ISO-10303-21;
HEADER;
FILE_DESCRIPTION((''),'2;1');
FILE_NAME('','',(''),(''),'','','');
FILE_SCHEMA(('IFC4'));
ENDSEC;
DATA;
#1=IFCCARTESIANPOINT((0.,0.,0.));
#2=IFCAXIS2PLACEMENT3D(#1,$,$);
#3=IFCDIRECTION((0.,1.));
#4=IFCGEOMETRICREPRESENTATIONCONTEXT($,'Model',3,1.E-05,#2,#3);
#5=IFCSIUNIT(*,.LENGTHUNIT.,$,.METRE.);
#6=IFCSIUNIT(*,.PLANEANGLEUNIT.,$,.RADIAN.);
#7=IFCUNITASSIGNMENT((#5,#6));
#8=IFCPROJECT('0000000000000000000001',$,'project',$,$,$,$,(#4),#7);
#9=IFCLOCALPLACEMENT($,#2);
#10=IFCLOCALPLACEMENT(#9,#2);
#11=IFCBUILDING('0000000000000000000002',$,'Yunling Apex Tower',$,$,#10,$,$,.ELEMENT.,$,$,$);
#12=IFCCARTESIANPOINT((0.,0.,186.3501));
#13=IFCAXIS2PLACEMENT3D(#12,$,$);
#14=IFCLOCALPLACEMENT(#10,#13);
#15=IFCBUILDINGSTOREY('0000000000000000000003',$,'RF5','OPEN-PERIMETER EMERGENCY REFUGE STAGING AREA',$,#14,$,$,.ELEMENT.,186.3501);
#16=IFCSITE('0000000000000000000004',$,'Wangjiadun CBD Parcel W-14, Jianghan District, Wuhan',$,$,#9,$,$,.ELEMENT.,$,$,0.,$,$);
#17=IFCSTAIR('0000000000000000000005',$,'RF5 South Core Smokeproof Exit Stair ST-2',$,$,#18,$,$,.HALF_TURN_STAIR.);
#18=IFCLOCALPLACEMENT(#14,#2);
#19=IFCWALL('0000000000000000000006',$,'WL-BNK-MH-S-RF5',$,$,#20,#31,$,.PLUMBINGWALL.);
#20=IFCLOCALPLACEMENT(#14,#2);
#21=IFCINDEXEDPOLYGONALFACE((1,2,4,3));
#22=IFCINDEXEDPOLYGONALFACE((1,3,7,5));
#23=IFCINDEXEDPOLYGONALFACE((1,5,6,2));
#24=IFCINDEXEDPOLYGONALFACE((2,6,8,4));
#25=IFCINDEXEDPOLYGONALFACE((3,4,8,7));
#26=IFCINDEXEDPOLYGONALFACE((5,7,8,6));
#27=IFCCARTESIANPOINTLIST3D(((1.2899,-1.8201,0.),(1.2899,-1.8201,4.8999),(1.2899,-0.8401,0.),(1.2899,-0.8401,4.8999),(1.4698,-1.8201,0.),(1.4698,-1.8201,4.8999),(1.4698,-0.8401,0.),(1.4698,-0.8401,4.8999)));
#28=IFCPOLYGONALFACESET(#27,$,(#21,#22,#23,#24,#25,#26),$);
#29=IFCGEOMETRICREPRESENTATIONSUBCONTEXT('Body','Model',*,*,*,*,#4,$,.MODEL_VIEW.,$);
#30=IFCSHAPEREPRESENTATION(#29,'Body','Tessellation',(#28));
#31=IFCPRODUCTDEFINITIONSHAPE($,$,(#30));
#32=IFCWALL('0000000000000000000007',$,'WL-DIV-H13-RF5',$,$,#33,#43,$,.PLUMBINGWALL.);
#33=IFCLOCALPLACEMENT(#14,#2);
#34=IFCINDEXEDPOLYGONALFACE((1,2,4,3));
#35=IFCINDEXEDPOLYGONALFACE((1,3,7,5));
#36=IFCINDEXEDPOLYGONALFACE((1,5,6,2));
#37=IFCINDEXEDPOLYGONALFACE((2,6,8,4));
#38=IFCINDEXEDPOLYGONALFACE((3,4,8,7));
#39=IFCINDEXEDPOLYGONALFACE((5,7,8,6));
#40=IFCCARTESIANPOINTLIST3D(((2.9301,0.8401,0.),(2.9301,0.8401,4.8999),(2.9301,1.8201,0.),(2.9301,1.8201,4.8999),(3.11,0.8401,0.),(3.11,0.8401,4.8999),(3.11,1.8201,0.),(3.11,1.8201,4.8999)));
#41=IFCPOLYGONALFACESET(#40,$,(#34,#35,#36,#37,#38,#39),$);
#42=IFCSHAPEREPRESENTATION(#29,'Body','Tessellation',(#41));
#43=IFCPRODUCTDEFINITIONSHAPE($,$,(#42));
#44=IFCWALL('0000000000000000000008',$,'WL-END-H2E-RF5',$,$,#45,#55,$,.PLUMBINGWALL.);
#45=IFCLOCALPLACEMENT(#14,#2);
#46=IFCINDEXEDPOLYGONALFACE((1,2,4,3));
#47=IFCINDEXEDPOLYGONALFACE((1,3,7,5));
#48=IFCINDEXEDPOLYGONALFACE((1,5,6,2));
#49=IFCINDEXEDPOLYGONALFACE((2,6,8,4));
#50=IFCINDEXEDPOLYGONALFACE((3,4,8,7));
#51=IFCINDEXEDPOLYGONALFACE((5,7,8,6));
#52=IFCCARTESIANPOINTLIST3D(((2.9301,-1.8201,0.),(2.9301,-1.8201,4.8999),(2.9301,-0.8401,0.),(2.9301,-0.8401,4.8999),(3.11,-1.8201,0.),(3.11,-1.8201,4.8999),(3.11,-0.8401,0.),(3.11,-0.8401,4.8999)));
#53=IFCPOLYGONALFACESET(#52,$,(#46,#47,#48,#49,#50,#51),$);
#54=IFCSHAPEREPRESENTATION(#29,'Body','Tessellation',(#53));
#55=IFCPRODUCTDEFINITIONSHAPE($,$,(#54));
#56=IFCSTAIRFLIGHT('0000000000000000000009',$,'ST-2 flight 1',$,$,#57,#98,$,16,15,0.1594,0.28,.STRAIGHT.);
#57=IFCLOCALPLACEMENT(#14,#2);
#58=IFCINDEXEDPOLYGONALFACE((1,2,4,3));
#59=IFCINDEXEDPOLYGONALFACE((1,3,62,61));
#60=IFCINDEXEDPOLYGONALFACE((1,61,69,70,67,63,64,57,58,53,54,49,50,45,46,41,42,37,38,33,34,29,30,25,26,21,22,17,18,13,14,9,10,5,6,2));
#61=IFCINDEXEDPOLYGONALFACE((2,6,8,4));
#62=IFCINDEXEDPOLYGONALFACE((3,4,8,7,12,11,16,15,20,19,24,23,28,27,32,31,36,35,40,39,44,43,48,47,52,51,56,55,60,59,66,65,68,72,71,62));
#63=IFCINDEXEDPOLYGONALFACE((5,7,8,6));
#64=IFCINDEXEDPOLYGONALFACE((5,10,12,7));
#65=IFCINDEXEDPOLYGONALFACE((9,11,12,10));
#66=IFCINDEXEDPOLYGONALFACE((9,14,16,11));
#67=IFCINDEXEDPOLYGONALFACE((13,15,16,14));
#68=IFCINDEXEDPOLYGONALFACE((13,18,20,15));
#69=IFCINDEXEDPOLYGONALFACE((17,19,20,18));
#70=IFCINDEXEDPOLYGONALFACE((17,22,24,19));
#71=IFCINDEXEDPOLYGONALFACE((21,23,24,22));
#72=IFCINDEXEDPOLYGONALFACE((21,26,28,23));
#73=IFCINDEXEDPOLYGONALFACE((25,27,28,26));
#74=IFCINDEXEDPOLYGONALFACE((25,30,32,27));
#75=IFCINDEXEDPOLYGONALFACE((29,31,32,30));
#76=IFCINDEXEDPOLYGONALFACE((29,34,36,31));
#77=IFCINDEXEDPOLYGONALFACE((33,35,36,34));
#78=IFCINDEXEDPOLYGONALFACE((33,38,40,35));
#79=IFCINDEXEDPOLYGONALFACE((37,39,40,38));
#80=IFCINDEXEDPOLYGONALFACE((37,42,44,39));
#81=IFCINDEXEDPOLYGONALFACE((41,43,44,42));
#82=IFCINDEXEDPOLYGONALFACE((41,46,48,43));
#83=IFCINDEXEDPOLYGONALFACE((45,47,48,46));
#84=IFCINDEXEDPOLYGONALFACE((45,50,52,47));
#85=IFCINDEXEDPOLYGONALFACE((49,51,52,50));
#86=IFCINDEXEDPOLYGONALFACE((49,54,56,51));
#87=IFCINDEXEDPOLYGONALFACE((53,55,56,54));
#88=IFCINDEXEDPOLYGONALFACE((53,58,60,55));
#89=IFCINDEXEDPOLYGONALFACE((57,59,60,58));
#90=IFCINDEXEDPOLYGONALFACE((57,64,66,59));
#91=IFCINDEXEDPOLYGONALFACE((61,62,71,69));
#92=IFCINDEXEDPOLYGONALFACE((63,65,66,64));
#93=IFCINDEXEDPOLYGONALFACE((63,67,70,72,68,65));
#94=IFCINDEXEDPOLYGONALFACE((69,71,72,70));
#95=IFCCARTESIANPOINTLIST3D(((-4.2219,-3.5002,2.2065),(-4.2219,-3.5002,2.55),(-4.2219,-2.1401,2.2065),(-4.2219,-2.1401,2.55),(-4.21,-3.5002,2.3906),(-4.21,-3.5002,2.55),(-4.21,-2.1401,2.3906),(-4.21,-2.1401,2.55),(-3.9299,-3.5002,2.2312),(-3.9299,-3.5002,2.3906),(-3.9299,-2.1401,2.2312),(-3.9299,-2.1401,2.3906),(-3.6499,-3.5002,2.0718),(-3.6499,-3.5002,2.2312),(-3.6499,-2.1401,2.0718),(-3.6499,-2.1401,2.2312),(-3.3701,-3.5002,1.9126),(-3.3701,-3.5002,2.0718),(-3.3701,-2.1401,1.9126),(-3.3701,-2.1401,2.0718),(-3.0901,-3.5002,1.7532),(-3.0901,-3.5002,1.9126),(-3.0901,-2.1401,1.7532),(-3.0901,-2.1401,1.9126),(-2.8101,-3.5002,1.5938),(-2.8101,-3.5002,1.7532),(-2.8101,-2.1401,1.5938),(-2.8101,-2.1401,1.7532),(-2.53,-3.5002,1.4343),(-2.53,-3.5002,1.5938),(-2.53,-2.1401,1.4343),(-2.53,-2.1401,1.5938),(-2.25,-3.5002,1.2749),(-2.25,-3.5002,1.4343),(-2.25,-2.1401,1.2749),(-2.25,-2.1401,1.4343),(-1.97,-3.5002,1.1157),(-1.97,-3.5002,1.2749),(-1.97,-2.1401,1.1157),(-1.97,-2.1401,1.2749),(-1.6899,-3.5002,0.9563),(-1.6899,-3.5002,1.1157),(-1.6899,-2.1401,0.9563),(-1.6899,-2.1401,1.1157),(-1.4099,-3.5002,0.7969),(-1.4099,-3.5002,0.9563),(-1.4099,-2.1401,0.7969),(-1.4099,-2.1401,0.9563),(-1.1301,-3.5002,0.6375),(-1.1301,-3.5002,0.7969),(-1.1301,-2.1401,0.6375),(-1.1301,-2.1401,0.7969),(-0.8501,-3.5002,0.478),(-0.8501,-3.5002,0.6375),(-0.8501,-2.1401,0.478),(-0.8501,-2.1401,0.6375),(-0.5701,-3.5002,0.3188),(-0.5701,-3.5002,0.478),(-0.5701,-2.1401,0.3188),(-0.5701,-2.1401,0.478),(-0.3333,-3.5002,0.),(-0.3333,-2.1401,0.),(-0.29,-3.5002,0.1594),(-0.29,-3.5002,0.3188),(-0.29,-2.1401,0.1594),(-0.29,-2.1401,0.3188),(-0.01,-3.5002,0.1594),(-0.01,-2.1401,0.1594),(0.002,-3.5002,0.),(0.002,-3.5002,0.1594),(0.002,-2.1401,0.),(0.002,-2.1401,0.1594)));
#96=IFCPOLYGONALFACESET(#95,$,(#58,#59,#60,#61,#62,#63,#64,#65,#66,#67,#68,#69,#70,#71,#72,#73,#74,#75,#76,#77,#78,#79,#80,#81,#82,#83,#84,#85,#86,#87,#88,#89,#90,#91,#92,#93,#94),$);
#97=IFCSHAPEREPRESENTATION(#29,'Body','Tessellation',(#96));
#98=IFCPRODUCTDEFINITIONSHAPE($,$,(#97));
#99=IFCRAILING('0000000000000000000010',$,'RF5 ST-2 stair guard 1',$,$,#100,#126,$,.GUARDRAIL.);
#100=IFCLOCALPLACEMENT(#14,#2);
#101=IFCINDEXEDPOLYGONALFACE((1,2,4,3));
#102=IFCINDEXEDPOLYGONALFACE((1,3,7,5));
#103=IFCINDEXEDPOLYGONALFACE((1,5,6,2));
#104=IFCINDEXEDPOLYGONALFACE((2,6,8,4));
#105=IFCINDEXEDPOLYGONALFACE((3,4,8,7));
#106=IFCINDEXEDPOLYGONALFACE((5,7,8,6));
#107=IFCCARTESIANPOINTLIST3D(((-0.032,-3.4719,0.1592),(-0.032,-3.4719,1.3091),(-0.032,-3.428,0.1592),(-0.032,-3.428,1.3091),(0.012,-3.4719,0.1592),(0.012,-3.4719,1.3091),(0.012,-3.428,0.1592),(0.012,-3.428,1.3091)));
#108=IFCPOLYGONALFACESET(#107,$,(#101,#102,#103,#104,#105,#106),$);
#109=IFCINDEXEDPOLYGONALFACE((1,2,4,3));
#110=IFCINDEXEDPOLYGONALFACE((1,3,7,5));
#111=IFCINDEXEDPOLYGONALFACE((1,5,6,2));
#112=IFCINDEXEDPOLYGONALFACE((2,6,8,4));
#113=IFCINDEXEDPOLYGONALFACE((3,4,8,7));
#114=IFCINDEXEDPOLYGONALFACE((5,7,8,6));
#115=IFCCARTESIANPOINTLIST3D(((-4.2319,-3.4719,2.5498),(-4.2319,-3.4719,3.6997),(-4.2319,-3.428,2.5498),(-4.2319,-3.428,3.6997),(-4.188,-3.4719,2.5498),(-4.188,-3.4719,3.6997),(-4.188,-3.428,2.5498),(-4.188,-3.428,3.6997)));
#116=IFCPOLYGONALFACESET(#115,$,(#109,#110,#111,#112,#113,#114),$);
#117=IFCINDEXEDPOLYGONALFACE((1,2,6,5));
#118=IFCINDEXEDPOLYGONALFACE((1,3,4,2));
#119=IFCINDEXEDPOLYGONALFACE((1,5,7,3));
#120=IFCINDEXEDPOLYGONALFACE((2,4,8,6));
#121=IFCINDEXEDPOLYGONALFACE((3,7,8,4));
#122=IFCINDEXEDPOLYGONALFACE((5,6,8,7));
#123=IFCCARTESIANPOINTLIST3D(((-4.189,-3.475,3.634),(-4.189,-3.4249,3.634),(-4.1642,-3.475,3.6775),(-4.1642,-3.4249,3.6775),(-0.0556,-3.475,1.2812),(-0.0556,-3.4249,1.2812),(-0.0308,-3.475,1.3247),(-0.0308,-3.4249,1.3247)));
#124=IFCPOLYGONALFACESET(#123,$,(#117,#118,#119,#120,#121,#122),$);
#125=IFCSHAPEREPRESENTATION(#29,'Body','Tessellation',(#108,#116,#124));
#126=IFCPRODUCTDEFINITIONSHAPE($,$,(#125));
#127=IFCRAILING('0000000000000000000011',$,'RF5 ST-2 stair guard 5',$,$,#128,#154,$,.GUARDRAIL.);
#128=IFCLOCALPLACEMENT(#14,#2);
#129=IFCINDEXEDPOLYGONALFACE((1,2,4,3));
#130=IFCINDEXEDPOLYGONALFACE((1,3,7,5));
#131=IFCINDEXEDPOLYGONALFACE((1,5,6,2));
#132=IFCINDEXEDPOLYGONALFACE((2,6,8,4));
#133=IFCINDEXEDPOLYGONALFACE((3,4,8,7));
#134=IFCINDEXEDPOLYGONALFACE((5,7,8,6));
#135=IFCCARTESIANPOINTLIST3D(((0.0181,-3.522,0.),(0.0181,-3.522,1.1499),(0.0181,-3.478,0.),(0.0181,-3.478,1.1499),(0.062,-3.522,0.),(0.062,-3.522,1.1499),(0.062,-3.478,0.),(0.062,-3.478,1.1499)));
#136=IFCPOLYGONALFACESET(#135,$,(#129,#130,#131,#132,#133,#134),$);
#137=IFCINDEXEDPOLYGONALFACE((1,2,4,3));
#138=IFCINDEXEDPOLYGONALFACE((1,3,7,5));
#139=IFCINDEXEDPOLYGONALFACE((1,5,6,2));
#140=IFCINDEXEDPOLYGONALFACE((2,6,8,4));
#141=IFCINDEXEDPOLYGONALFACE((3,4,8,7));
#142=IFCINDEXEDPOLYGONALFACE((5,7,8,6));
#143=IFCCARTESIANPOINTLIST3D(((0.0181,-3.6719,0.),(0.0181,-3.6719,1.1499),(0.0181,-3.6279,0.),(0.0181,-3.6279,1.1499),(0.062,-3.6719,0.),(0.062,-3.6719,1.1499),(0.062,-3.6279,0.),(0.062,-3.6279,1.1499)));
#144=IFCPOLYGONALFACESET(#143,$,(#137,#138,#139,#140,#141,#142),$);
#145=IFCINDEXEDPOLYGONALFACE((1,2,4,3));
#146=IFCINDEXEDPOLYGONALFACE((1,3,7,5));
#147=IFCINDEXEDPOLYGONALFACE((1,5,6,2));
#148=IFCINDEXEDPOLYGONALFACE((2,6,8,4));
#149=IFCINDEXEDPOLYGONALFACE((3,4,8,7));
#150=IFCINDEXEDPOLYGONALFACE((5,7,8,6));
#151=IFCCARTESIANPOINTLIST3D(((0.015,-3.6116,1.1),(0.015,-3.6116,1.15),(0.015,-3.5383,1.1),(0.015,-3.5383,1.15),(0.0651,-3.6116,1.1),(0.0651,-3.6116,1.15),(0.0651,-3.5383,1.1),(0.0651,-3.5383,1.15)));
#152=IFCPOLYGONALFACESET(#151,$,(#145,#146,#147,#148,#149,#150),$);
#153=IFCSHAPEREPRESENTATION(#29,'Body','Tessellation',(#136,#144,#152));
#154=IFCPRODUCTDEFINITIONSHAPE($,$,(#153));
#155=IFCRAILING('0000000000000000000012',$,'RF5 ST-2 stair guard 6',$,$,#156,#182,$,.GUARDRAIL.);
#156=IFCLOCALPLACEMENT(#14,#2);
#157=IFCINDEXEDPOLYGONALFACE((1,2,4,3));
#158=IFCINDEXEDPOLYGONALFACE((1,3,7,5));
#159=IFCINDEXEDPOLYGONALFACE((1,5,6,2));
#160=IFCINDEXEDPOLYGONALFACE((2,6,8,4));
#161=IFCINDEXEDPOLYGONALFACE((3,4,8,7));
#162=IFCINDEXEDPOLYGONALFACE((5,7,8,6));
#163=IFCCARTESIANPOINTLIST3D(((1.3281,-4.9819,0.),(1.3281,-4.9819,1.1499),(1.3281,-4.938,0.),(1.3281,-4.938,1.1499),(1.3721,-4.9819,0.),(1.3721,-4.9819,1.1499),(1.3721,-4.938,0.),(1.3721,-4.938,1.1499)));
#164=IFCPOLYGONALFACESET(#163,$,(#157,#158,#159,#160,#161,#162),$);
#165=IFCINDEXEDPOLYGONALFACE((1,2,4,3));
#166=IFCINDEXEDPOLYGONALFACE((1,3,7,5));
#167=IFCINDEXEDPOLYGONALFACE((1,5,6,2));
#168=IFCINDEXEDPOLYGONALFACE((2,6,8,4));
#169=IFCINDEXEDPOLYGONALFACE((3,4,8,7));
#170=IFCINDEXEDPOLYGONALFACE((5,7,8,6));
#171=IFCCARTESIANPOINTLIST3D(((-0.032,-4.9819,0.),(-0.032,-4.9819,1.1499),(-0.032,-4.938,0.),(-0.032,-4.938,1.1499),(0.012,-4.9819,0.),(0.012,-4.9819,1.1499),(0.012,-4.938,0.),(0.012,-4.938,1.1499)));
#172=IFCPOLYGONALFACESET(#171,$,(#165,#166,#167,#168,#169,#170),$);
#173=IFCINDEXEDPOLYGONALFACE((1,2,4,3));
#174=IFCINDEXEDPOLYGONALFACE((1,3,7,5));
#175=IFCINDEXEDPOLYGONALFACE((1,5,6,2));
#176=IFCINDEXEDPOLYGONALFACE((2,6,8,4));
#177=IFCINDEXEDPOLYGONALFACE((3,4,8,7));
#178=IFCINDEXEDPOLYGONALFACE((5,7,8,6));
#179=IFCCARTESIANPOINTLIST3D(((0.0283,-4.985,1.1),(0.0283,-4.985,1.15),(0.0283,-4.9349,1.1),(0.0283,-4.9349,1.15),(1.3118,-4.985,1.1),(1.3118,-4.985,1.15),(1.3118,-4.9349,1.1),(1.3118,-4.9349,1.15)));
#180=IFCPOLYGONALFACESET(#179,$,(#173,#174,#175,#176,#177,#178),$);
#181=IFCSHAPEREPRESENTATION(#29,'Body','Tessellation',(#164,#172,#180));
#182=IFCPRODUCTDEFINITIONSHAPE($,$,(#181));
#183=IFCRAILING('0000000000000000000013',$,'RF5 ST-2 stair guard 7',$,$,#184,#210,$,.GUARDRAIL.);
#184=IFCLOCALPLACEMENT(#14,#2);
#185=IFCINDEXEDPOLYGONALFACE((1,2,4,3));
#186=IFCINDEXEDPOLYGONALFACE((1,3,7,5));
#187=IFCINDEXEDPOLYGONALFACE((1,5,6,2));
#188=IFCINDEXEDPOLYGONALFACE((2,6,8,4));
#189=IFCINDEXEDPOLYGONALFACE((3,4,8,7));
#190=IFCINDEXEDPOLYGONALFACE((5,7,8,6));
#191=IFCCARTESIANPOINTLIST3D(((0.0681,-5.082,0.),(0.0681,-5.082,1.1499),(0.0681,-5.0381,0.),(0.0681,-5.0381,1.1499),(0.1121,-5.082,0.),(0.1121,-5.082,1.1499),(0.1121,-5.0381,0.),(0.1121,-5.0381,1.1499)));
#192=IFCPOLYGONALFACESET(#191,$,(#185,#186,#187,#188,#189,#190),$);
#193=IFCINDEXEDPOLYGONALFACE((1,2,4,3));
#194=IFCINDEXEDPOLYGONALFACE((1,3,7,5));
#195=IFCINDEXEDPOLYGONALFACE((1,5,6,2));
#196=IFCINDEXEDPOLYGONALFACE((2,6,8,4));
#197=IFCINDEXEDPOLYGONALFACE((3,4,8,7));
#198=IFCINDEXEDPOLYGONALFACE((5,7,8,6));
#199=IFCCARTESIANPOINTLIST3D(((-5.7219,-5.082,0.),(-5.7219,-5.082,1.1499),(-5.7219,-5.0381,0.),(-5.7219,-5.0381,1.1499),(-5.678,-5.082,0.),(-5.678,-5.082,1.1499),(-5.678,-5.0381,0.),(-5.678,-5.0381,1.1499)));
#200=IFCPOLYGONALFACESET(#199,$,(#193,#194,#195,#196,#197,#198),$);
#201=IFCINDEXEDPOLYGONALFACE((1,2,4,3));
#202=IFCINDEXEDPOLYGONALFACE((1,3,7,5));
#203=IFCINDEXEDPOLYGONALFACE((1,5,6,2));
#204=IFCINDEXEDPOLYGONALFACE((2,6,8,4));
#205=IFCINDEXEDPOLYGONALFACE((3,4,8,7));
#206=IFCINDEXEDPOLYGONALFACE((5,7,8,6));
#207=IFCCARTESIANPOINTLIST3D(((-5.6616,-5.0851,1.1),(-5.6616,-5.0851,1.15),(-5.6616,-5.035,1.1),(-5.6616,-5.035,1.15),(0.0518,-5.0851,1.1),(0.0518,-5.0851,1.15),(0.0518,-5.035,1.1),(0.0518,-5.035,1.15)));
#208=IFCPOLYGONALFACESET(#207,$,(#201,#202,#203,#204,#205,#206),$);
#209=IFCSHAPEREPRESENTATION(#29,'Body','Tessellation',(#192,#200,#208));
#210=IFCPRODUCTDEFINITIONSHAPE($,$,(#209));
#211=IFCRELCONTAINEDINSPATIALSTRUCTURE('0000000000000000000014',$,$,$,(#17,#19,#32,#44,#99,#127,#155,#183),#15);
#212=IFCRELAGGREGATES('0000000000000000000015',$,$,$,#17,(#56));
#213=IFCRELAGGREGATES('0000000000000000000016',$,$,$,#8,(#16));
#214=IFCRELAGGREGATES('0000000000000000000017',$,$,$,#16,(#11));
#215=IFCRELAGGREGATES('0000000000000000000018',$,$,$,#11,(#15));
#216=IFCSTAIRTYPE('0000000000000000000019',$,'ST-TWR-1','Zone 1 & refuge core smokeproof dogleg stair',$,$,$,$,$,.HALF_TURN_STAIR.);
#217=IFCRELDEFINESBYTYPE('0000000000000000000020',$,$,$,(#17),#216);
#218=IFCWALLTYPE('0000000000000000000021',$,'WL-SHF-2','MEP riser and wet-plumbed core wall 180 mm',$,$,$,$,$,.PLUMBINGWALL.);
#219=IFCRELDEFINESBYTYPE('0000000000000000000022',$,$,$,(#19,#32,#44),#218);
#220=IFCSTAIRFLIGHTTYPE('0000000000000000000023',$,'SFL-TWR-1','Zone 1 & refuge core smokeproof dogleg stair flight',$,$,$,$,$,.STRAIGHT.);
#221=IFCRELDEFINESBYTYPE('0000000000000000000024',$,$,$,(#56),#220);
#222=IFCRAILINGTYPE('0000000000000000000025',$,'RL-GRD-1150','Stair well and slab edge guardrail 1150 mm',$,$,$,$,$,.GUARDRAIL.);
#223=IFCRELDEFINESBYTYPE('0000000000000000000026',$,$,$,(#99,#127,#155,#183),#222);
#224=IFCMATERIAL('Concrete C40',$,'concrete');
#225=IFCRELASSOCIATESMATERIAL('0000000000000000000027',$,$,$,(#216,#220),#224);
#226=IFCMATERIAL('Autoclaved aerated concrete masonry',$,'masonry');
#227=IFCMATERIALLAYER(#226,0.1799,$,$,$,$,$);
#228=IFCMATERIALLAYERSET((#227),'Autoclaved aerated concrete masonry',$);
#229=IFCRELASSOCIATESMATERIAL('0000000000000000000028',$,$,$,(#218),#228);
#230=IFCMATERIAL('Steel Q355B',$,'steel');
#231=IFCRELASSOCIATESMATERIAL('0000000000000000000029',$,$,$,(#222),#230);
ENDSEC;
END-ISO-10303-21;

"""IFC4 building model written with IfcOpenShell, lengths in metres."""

from ifc_helpers import new_model, si_unit, direction, frame, frame_2d, origin, origin_2d, place, context, subcontext, project, spatial, polyline, rectangle, outline, extrude, material, layer, layer_set, type_object, element, aggregate, save


model = new_model("IFC4")

# Units and contexts
model_context = context("Model", 3, precision=1e-05, world=origin(), true_north=direction((0.0, 1.0)))
body_context = subcontext(model_context, "Body", "Model", "MODEL_VIEW")
ifc_project = project(units=[si_unit("LENGTHUNIT", "METRE"), si_unit("PLANEANGLEUNIT", "RADIAN")], contexts=[model_context])

# Site, building, storey
site_placement = place(None, origin())
site = spatial("IfcSite", under=ifc_project, at=site_placement, Name="Wangjiadun CBD Parcel W-14, Jianghan District, Wuhan", CompositionType="ELEMENT", RefElevation=0.0)
building_placement = place(site_placement, origin())
building = spatial("IfcBuilding", under=site, at=building_placement, Name="Yunling Apex Tower", CompositionType="ELEMENT")
storey_placement = place(building_placement, frame((0.0, 0.0, 186.3501)))
storey = spatial("IfcBuildingStorey", under=building, at=storey_placement, Name="RF5", Description="OPEN-PERIMETER EMERGENCY REFUGE STAGING AREA", CompositionType="ELEMENT", Elevation=186.3501)

# Stair
ifc_material_1 = material(Name="Concrete C40", Category="concrete")
stair_type = type_object("IfcStairType", Name="ST-TWR-1", Description="Zone 1 & refuge core smokeproof dogleg stair", PredefinedType="HALF_TURN_STAIR", material=ifc_material_1)
stair_1_placement = place(storey_placement, origin())
stair_1 = element("IfcStair", 1, at=stair_1_placement, inside=storey, type_object=stair_type, Name="RF5 South Core Smokeproof Exit Stair ST-2", PredefinedType="HALF_TURN_STAIR")

# Shared definitions
ifc_material_2 = material(Name="Autoclaved aerated concrete masonry", Category="masonry")
ifc_material_3 = material(Name="Steel Q355B", Category="steel")

# Walls
ifc_layer_1 = layer(ifc_material_2, 0.1799)
ifc_layer_set_1 = layer_set([ifc_layer_1], Name="Autoclaved aerated concrete masonry")
wall_type_1 = type_object("IfcWallType", Name="WL-SHF-2", Description="MEP riser and wet-plumbed core wall 180 mm", PredefinedType="PLUMBINGWALL", material=ifc_layer_set_1)
for number, where, z_axis, x_axis, name in (
    (2, (1.3799, -1.8201, 0.0), (0.0, 0.0, 1.0), (0.0, 1.0, 0.0), "WL-BNK-MH-S-RF5"),
    (3, (3.02, 0.8401, 0.0), (0.0, 0.0, 1.0), (0.0, 1.0, 0.0), "WL-DIV-H13-RF5"),
    (4, (3.02, -1.8201, 0.0), (0.0, 0.0, 1.0), (0.0, 1.0, 0.0), "WL-END-H2E-RF5"),
):
    element("IfcWall", number, at=place(storey_placement, frame(where, z_axis=z_axis, x_axis=x_axis)), inside=storey, type_object=wall_type_1, Name=name, PredefinedType="PLUMBINGWALL", context=body_context, shape_type="SweptSolid", body=[
        extrude(rectangle(XDim=0.98, YDim=0.1799, at=frame_2d((0.49, 0.0))), origin(), (0.0, 0.0, 1.0), 4.8999),
    ])

# Stair flight
stair_flight_type = type_object("IfcStairFlightType", Name="SFL-TWR-1", Description="Zone 1 & refuge core smokeproof dogleg stair flight", PredefinedType="STRAIGHT", material=ifc_material_1)
stair_flight_placement = place(storey_placement, frame((-0.01, -2.8201, 0.0), z_axis=(0.0, 0.0, 1.0), x_axis=(-1.0, 0.0, 0.0)))
stair_flight = element("IfcStairFlight", 5, at=stair_flight_placement, type_object=stair_flight_type, Name="ST-2 flight 1", NumberOfRisers=16, NumberOfTreads=15, PredefinedType="STRAIGHT", RiserHeight=0.1594, TreadLength=0.28, context=body_context, shape_type="SweptSolid", body=[
    extrude(outline(polyline([(-0.012, 0.0), (-0.012, 0.1594), (0.0, 0.1594), (0.28, 0.1594), (0.28, 0.3188), (0.5601, 0.3188), (0.5601, 0.478), (0.8401, 0.478), (0.8401, 0.6375), (1.1201, 0.6375), (1.1201, 0.7969), (1.3999, 0.7969), (1.3999, 0.9563), (1.6799, 0.9563), (1.6799, 1.1157), (1.96, 1.1157), (1.96, 1.2749), (2.24, 1.2749), (2.24, 1.4343), (2.52, 1.4343), (2.52, 1.5938), (2.8, 1.5938), (2.8, 1.7532), (3.0801, 1.7532), (3.0801, 1.9126), (3.3601, 1.9126), (3.3601, 2.0718), (3.6399, 2.0718), (3.6399, 2.2312), (3.9199, 2.2312), (3.9199, 2.3906), (4.2, 2.3906), (4.2, 2.55), (4.2119, 2.55), (4.2119, 2.2065), (0.3232, 0.0), (-0.012, 0.0)])), frame((0.0, 0.6802, 0.0), z_axis=(0.0, -1.0, 0.0), x_axis=(1.0, 0.0, 0.0)), (0.0, 0.0, 1.0), 1.3601),
])
aggregate(stair_1, [stair_flight])

# Railings
railing_type_1 = type_object("IfcRailingType", Name="RL-GRD-1150", Description="Stair well and slab edge guardrail 1150 mm", PredefinedType="GUARDRAIL", material=ifc_material_3)
railing_1_placement = place(storey_placement, frame((-0.01, -3.45, 0.1592)))
element("IfcRailing", 6, at=railing_1_placement, inside=storey, type_object=railing_type_1, Name="RF5 ST-2 stair guard 1", PredefinedType="GUARDRAIL", context=body_context, shape_type="SweptSolid", body=[
    extrude(rectangle(XDim=0.0439, YDim=0.0439, at=origin_2d()), origin(), (0.0, 0.0, 1.0), 1.1499),
    extrude(rectangle(XDim=0.0439, YDim=0.0439, at=origin_2d()), frame((-4.2, 0.0, 2.3906)), (0.0, 0.0, 1.0), 1.1499),
    extrude(rectangle(XDim=0.05, YDim=0.05, at=origin_2d()), frame((-0.0332, 0.0, 1.1438), z_axis=(-0.869075, 0.0, 0.49468), x_axis=(0.0, -1.0, 0.0)), (0.0, 0.0, 1.0), 4.7561),
])
railing_2_placement = place(storey_placement, frame((0.04, -3.5, 0.0)))
element("IfcRailing", 7, at=railing_2_placement, inside=storey, type_object=railing_type_1, Name="RF5 ST-2 stair guard 5", PredefinedType="GUARDRAIL", context=body_context, shape_type="SweptSolid", body=[
    extrude(rectangle(XDim=0.0439, YDim=0.0439, at=origin_2d()), origin(), (0.0, 0.0, 1.0), 1.1499),
    extrude(rectangle(XDim=0.0439, YDim=0.0439, at=origin_2d()), frame((0.0, -0.1499, 0.0)), (0.0, 0.0, 1.0), 1.1499),
    extrude(rectangle(XDim=0.05, YDim=0.05, at=origin_2d()), frame((0.0, -0.0383, 1.125), z_axis=(0.0, -1.0, 0.0), x_axis=(1.0, 0.0, 0.0)), (0.0, 0.0, 1.0), 0.0732),
])
railing_3_placement = place(storey_placement, frame((1.3501, -4.96, 0.0)))
element("IfcRailing", 8, at=railing_3_placement, inside=storey, type_object=railing_type_1, Name="RF5 ST-2 stair guard 6", PredefinedType="GUARDRAIL", context=body_context, shape_type="SweptSolid", body=[
    extrude(rectangle(XDim=0.0439, YDim=0.0439, at=origin_2d()), origin(), (0.0, 0.0, 1.0), 1.1499),
    extrude(rectangle(XDim=0.0439, YDim=0.0439, at=origin_2d()), frame((-1.3601, 0.0, 0.0)), (0.0, 0.0, 1.0), 1.1499),
    extrude(rectangle(XDim=0.05, YDim=0.05, at=origin_2d()), frame((-0.0383, 0.0, 1.125), z_axis=(-1.0, 0.0, 0.0), x_axis=(0.0, -1.0, 0.0)), (0.0, 0.0, 1.0), 1.2834),
])
railing_4_placement = place(storey_placement, frame((0.0901, -5.0601, 0.0)))
element("IfcRailing", 9, at=railing_4_placement, inside=storey, type_object=railing_type_1, Name="RF5 ST-2 stair guard 7", PredefinedType="GUARDRAIL", context=body_context, shape_type="SweptSolid", body=[
    extrude(rectangle(XDim=0.0439, YDim=0.0439, at=origin_2d()), origin(), (0.0, 0.0, 1.0), 1.1499),
    extrude(rectangle(XDim=0.0439, YDim=0.0439, at=origin_2d()), frame((-5.79, 0.0, 0.0)), (0.0, 0.0, 1.0), 1.1499),
    extrude(rectangle(XDim=0.05, YDim=0.05, at=origin_2d()), frame((-0.0383, 0.0, 1.125), z_axis=(-1.0, 0.0, 0.0), x_axis=(0.0, -1.0, 0.0)), (0.0, 0.0, 1.0), 5.7134),
])

save(model, "model.ifc")
